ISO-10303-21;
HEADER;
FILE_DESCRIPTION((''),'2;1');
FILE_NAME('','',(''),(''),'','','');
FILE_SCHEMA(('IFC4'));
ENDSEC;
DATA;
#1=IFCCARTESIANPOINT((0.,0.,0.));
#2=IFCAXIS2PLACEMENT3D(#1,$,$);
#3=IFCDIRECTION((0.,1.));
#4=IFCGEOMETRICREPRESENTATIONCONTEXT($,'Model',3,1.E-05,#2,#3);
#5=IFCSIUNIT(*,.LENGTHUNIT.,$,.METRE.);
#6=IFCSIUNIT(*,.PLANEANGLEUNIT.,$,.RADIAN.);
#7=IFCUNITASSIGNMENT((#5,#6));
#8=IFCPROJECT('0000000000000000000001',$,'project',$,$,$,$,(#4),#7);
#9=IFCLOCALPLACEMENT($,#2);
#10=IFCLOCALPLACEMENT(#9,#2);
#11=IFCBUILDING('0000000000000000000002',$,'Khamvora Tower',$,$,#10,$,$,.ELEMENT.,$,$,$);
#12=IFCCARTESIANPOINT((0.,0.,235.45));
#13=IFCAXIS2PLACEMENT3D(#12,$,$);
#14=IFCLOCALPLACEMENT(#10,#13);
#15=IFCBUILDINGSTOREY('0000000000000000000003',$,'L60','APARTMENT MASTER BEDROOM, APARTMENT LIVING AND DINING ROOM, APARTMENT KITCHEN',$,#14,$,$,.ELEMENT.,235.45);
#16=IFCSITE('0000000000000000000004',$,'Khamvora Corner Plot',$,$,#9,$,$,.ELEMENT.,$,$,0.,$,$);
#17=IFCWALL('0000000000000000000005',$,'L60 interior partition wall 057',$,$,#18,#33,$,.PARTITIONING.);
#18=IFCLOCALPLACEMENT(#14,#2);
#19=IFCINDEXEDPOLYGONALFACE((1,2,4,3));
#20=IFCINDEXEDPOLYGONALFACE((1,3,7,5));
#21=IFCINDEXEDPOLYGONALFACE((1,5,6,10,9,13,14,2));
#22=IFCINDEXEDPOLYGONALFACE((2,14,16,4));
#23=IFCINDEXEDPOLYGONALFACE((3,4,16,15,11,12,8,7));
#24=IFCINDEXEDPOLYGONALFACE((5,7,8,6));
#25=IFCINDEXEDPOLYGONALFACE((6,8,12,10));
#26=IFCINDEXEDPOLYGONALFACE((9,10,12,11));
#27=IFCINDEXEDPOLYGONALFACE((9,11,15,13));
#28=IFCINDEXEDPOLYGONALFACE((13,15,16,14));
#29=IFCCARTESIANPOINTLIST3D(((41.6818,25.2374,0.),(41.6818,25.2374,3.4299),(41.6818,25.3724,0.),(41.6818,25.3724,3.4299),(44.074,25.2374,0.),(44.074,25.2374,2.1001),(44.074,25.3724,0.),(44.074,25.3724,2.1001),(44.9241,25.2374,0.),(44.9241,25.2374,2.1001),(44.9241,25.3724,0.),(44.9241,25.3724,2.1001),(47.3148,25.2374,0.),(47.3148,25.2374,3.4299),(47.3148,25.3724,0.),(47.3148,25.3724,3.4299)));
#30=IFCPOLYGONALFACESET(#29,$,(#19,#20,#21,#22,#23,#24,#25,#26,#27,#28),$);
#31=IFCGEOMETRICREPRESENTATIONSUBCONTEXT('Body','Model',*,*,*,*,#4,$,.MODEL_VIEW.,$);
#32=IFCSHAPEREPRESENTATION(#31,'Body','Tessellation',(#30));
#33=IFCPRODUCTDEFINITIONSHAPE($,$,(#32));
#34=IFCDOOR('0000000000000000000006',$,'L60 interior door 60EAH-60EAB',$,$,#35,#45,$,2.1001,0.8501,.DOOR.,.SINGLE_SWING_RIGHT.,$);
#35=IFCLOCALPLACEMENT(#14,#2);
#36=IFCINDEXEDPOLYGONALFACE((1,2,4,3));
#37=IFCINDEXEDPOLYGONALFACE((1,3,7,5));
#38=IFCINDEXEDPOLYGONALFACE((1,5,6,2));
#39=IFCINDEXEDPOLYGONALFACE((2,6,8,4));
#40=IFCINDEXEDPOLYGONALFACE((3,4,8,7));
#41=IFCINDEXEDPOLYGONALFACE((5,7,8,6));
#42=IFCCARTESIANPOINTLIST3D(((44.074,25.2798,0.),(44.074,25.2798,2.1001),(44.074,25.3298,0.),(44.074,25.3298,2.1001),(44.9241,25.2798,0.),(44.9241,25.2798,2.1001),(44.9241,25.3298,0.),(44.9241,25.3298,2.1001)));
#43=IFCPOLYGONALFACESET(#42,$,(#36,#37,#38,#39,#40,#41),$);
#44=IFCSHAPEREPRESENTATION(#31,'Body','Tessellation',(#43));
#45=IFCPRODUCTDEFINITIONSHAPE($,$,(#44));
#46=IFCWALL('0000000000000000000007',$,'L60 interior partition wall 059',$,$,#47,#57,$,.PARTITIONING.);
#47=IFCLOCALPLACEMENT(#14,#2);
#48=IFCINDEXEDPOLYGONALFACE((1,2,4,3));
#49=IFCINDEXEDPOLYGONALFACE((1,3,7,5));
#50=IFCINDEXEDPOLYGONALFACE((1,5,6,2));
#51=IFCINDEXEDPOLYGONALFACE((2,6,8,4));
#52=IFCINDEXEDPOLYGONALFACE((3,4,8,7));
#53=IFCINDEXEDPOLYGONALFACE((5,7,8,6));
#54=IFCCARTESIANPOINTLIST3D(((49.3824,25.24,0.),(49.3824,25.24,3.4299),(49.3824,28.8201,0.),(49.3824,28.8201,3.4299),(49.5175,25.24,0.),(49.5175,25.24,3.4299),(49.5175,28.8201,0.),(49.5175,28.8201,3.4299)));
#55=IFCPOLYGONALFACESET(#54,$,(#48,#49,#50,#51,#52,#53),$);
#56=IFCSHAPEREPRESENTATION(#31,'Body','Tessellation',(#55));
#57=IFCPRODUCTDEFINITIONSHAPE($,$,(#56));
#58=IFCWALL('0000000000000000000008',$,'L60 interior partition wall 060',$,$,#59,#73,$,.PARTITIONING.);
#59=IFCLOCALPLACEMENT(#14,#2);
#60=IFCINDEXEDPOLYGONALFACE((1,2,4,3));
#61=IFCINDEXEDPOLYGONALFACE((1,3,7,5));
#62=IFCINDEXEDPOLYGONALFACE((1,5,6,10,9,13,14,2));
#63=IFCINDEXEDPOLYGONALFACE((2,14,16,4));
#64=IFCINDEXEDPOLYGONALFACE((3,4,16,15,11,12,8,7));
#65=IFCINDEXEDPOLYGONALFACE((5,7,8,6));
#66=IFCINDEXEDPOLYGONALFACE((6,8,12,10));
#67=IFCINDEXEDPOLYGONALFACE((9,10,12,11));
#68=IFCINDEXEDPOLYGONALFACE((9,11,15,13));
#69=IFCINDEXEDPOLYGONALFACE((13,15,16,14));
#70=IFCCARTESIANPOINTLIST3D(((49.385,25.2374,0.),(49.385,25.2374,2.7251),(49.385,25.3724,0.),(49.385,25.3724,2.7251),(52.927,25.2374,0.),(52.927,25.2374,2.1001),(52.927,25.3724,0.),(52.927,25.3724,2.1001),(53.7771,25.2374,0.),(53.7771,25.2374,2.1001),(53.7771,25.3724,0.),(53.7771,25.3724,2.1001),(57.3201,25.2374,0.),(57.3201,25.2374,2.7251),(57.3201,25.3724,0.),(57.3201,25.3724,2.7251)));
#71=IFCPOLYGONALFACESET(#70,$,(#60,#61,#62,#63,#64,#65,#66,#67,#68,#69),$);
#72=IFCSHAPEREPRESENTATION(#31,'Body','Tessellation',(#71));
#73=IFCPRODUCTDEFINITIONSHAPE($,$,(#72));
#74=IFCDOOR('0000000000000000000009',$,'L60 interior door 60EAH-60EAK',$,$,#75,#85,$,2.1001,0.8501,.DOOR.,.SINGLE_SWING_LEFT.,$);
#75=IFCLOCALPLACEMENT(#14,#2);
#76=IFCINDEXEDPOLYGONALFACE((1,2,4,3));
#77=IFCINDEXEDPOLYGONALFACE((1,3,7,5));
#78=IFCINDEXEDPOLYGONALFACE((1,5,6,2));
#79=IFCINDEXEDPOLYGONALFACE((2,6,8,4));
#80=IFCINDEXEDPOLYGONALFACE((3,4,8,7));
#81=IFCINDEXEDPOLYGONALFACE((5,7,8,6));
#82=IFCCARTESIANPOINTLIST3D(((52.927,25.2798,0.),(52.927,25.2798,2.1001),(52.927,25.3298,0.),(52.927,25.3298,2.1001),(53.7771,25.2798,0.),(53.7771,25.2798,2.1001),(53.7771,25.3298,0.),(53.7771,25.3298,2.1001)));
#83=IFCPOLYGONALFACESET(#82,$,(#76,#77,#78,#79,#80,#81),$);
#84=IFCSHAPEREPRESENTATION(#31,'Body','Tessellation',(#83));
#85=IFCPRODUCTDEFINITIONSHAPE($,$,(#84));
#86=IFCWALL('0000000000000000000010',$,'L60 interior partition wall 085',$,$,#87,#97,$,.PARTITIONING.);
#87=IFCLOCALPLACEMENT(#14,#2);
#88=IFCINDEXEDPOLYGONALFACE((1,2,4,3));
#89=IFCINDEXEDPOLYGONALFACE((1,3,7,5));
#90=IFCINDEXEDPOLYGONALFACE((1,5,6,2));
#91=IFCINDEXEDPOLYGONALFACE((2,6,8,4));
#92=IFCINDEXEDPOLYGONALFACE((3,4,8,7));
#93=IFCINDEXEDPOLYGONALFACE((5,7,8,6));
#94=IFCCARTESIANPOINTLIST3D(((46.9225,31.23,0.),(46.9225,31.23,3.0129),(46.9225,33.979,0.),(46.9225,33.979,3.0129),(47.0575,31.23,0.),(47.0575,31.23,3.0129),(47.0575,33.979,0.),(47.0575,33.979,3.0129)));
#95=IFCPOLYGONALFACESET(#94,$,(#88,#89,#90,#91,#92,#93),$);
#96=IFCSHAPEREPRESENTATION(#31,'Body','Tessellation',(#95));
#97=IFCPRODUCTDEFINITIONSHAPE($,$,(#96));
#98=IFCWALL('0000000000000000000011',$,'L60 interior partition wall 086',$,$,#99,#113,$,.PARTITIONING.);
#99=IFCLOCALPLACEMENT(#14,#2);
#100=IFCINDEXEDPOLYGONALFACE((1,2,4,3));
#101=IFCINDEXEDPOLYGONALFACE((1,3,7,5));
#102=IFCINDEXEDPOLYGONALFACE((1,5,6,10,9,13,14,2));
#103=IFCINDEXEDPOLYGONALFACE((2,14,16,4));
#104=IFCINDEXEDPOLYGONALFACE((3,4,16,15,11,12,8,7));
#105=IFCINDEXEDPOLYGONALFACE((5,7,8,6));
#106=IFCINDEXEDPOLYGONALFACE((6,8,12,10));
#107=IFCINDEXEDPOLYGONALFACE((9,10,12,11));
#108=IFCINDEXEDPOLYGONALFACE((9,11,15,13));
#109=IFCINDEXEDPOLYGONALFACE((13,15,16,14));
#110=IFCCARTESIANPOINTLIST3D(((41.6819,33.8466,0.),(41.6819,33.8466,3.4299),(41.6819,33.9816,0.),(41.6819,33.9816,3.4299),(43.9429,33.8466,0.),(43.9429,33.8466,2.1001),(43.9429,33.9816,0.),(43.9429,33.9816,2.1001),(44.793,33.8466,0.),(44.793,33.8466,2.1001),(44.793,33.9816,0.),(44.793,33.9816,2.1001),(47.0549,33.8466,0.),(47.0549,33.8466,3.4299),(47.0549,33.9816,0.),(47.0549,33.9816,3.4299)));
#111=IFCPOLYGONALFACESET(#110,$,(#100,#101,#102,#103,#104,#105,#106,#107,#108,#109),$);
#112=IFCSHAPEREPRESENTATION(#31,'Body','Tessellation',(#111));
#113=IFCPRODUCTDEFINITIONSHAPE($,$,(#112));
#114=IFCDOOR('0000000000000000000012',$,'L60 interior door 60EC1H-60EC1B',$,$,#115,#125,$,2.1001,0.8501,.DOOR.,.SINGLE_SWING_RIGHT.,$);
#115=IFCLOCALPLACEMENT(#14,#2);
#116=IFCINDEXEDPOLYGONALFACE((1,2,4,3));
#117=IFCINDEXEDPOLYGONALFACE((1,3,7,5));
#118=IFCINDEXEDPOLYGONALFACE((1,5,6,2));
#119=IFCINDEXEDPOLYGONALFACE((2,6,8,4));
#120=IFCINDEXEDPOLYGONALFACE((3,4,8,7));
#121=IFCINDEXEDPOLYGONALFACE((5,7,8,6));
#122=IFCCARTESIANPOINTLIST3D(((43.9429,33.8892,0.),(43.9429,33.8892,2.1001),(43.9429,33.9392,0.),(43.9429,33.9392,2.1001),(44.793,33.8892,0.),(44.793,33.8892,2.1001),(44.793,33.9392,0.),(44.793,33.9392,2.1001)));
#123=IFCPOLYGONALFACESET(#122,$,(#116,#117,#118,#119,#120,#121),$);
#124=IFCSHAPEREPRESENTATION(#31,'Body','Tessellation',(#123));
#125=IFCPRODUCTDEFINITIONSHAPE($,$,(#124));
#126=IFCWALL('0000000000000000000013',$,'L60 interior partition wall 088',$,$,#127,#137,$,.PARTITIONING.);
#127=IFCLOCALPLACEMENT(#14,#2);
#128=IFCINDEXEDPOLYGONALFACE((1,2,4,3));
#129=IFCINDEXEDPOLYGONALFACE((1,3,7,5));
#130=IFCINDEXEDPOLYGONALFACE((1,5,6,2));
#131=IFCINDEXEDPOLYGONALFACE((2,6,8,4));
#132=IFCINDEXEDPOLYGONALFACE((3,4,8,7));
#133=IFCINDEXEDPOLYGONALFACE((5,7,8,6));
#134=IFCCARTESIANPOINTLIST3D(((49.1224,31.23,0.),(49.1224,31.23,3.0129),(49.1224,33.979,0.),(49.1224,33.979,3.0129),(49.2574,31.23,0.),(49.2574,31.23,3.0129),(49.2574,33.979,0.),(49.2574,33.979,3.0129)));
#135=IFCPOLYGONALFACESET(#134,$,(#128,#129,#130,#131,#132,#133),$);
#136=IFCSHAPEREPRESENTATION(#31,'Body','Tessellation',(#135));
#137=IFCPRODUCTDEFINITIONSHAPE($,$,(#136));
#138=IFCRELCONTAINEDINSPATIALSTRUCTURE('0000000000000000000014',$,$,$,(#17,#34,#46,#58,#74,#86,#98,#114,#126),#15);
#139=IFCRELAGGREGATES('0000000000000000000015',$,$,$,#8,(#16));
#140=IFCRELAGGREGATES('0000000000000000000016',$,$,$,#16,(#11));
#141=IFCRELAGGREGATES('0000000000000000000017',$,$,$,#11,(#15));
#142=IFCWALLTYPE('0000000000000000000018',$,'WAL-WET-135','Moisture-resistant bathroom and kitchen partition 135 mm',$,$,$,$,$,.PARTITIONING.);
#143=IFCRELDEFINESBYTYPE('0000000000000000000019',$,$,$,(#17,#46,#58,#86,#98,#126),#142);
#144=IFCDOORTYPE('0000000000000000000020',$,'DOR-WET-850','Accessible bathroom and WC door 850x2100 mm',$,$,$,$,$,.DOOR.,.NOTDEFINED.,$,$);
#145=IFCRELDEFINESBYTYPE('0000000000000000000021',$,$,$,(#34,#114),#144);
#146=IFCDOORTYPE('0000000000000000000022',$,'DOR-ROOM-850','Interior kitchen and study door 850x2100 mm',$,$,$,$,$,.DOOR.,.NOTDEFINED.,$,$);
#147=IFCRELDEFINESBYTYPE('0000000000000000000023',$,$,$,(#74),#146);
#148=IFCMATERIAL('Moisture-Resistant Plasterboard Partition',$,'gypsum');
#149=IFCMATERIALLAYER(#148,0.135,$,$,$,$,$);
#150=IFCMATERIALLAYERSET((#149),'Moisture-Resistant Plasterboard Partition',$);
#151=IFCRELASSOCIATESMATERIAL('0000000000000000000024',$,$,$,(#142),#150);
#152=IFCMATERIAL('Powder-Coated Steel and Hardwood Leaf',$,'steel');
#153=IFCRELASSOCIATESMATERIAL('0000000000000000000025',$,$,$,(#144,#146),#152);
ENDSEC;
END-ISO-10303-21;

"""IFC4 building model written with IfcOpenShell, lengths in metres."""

from ifc_helpers import new_model, si_unit, direction, frame, frame_2d, origin, place, context, subcontext, project, spatial, rectangle, extrude, material, layer, layer_set, type_object, element, fill, save


model = new_model("IFC4")

# Units and contexts
model_context = context("Model", 3, precision=1e-05, world=origin(), true_north=direction((0.0, 1.0)))
body_context = subcontext(model_context, "Body", "Model", "MODEL_VIEW")
ifc_project = project(units=[si_unit("LENGTHUNIT", "METRE"), si_unit("PLANEANGLEUNIT", "RADIAN")], contexts=[model_context])

# Site, building, storey
site_placement = place(None, origin())
site = spatial("IfcSite", under=ifc_project, at=site_placement, Name="Khamvora Corner Plot", CompositionType="ELEMENT", RefElevation=0.0)
building_placement = place(site_placement, origin())
building = spatial("IfcBuilding", under=site, at=building_placement, Name="Khamvora Tower", CompositionType="ELEMENT")
storey_placement = place(building_placement, frame((0.0, 0.0, 235.45)))
storey = spatial("IfcBuildingStorey", under=building, at=storey_placement, Name="L60", Description="APARTMENT MASTER BEDROOM, APARTMENT LIVING AND DINING ROOM, APARTMENT KITCHEN", CompositionType="ELEMENT", Elevation=235.45)

# Shared definitions
ifc_material_1 = material(Name="Powder-Coated Steel and Hardwood Leaf", Category="steel")

# Wall, opening, door
ifc_material_2 = material(Name="Moisture-Resistant Plasterboard Partition", Category="gypsum")
ifc_layer_1 = layer(ifc_material_2, 0.135)
ifc_layer_set_1 = layer_set([ifc_layer_1], Name="Moisture-Resistant Plasterboard Partition")
wall_type_1 = type_object("IfcWallType", Name="WAL-WET-135", Description="Moisture-resistant bathroom and kitchen partition 135 mm", PredefinedType="PARTITIONING", material=ifc_layer_set_1)
wall_1_placement = place(storey_placement, frame((41.6819, 25.3049, 0.0), z_axis=(0.0, 0.0, 1.0), x_axis=(1.0, 0.0, 0.0)))
wall_1 = element("IfcWall", 1, at=wall_1_placement, inside=storey, type_object=wall_type_1, Name="L60 interior partition wall 057", PredefinedType="PARTITIONING", context=body_context, shape_type="SweptSolid", body=[
    extrude(rectangle(XDim=5.6331, YDim=0.135, at=frame_2d((2.8164, 0.0))), origin(), (0.0, 0.0, 1.0), 3.4299),
])
opening_1_placement = place(wall_1_placement, frame((2.3921, 0.0, 0.0)))
opening_1 = element("IfcOpeningElement", 2, at=opening_1_placement, cuts=wall_1, PredefinedType="OPENING", context=body_context, shape_type="SweptSolid", body=[
    extrude(rectangle(XDim=0.8501, YDim=2.1001, at=frame_2d((0.425, 1.05))), frame((0.0, 0.0774, 0.0), z_axis=(0.0, -1.0, 0.0), x_axis=(1.0, 0.0, 0.0)), (0.0, 0.0, 1.0), 0.155),
])
door_type_1 = type_object("IfcDoorType", Name="DOR-WET-850", Description="Accessible bathroom and WC door 850x2100 mm", OperationType="NOTDEFINED", PredefinedType="DOOR", material=ifc_material_1)
door_1_placement = place(opening_1_placement, origin())
door_1 = element("IfcDoor", 3, at=door_1_placement, inside=storey, type_object=door_type_1, Name="L60 interior door 60EAH-60EAB", OperationType="SINGLE_SWING_RIGHT", OverallHeight=2.1001, OverallWidth=0.8501, PredefinedType="DOOR", context=body_context, shape_type="SweptSolid", body=[
    extrude(rectangle(XDim=0.8501, YDim=2.1001, at=frame_2d((0.425, 1.05))), frame((0.0, 0.0249, 0.0), z_axis=(0.0, -1.0, 0.0), x_axis=(1.0, 0.0, 0.0)), (0.0, 0.0, 1.0), 0.05),
])
fill(opening_1, door_1)

# Wall
wall_2_placement = place(storey_placement, frame((49.45, 28.8201, 0.0), z_axis=(0.0, 0.0, 1.0), x_axis=(0.0, -1.0, 0.0)))
element("IfcWall", 4, at=wall_2_placement, inside=storey, type_object=wall_type_1, Name="L60 interior partition wall 059", PredefinedType="PARTITIONING", context=body_context, shape_type="SweptSolid", body=[
    extrude(rectangle(XDim=3.5801, YDim=0.135, at=frame_2d((1.79, 0.0))), origin(), (0.0, 0.0, 1.0), 3.4299),
])

# Wall, opening, door
wall_3_placement = place(storey_placement, frame((49.385, 25.3049, 0.0), z_axis=(0.0, 0.0, 1.0), x_axis=(1.0, 0.0, 0.0)))
wall_3 = element("IfcWall", 5, at=wall_3_placement, inside=storey, type_object=wall_type_1, Name="L60 interior partition wall 060", PredefinedType="PARTITIONING", context=body_context, shape_type="SweptSolid", body=[
    extrude(rectangle(XDim=7.9351, YDim=0.135, at=frame_2d((3.9675, 0.0))), origin(), (0.0, 0.0, 1.0), 2.7251),
])
opening_2_placement = place(wall_3_placement, frame((3.542, 0.0, 0.0)))
opening_2 = element("IfcOpeningElement", 6, at=opening_2_placement, cuts=wall_3, PredefinedType="OPENING", context=body_context, shape_type="SweptSolid", body=[
    extrude(rectangle(XDim=0.8501, YDim=2.1001, at=frame_2d((0.425, 1.05))), frame((0.0, 0.0774, 0.0), z_axis=(0.0, -1.0, 0.0), x_axis=(1.0, 0.0, 0.0)), (0.0, 0.0, 1.0), 0.155),
])
door_type_2 = type_object("IfcDoorType", Name="DOR-ROOM-850", Description="Interior kitchen and study door 850x2100 mm", OperationType="NOTDEFINED", PredefinedType="DOOR", material=ifc_material_1)
door_2_placement = place(opening_2_placement, origin())
door_2 = element("IfcDoor", 7, at=door_2_placement, inside=storey, type_object=door_type_2, Name="L60 interior door 60EAH-60EAK", OperationType="SINGLE_SWING_LEFT", OverallHeight=2.1001, OverallWidth=0.8501, PredefinedType="DOOR", context=body_context, shape_type="SweptSolid", body=[
    extrude(rectangle(XDim=0.8501, YDim=2.1001, at=frame_2d((0.425, 1.05))), frame((0.0, 0.0249, 0.0), z_axis=(0.0, -1.0, 0.0), x_axis=(1.0, 0.0, 0.0)), (0.0, 0.0, 1.0), 0.05),
])
fill(opening_2, door_2)

# Wall
wall_4_placement = place(storey_placement, frame((46.99, 31.23, 0.0), z_axis=(0.0, 0.0, 1.0), x_axis=(0.0, 1.0, 0.0)))
element("IfcWall", 8, at=wall_4_placement, inside=storey, type_object=wall_type_1, Name="L60 interior partition wall 085", PredefinedType="PARTITIONING", context=body_context, shape_type="SweptSolid", body=[
    extrude(rectangle(XDim=2.749, YDim=0.135, at=frame_2d((1.3745, 0.0))), origin(), (0.0, 0.0, 1.0), 3.0129),
])

# Wall, opening, door
wall_5_placement = place(storey_placement, frame((47.0549, 33.9141, 0.0), z_axis=(0.0, 0.0, 1.0), x_axis=(-1.0, 0.0, 0.0)))
wall_5 = element("IfcWall", 9, at=wall_5_placement, inside=storey, type_object=wall_type_1, Name="L60 interior partition wall 086", PredefinedType="PARTITIONING", context=body_context, shape_type="SweptSolid", body=[
    extrude(rectangle(XDim=5.373, YDim=0.135, at=frame_2d((2.6865, 0.0))), origin(), (0.0, 0.0, 1.0), 3.4299),
])
opening_3_placement = place(wall_5_placement, frame((2.262, 0.0, 0.0)))
opening_3 = element("IfcOpeningElement", 10, at=opening_3_placement, cuts=wall_5, PredefinedType="OPENING", context=body_context, shape_type="SweptSolid", body=[
    extrude(rectangle(XDim=0.8501, YDim=2.1001, at=frame_2d((0.425, 1.05))), frame((0.0, 0.0774, 0.0), z_axis=(0.0, -1.0, 0.0), x_axis=(1.0, 0.0, 0.0)), (0.0, 0.0, 1.0), 0.155),
])
door_3_placement = place(opening_3_placement, origin())
door_3 = element("IfcDoor", 11, at=door_3_placement, inside=storey, type_object=door_type_1, Name="L60 interior door 60EC1H-60EC1B", OperationType="SINGLE_SWING_RIGHT", OverallHeight=2.1001, OverallWidth=0.8501, PredefinedType="DOOR", context=body_context, shape_type="SweptSolid", body=[
    extrude(rectangle(XDim=0.8501, YDim=2.1001, at=frame_2d((0.425, 1.05))), frame((0.0, 0.0249, 0.0), z_axis=(0.0, -1.0, 0.0), x_axis=(1.0, 0.0, 0.0)), (0.0, 0.0, 1.0), 0.05),
])
fill(opening_3, door_3)

# Wall
wall_6_placement = place(storey_placement, frame((49.1899, 33.979, 0.0), z_axis=(0.0, 0.0, 1.0), x_axis=(0.0, -1.0, 0.0)))
element("IfcWall", 12, at=wall_6_placement, inside=storey, type_object=wall_type_1, Name="L60 interior partition wall 088", PredefinedType="PARTITIONING", context=body_context, shape_type="SweptSolid", body=[
    extrude(rectangle(XDim=2.749, YDim=0.135, at=frame_2d((1.3745, 0.0))), origin(), (0.0, 0.0, 1.0), 3.0129),
])

save(model, "model.ifc")
